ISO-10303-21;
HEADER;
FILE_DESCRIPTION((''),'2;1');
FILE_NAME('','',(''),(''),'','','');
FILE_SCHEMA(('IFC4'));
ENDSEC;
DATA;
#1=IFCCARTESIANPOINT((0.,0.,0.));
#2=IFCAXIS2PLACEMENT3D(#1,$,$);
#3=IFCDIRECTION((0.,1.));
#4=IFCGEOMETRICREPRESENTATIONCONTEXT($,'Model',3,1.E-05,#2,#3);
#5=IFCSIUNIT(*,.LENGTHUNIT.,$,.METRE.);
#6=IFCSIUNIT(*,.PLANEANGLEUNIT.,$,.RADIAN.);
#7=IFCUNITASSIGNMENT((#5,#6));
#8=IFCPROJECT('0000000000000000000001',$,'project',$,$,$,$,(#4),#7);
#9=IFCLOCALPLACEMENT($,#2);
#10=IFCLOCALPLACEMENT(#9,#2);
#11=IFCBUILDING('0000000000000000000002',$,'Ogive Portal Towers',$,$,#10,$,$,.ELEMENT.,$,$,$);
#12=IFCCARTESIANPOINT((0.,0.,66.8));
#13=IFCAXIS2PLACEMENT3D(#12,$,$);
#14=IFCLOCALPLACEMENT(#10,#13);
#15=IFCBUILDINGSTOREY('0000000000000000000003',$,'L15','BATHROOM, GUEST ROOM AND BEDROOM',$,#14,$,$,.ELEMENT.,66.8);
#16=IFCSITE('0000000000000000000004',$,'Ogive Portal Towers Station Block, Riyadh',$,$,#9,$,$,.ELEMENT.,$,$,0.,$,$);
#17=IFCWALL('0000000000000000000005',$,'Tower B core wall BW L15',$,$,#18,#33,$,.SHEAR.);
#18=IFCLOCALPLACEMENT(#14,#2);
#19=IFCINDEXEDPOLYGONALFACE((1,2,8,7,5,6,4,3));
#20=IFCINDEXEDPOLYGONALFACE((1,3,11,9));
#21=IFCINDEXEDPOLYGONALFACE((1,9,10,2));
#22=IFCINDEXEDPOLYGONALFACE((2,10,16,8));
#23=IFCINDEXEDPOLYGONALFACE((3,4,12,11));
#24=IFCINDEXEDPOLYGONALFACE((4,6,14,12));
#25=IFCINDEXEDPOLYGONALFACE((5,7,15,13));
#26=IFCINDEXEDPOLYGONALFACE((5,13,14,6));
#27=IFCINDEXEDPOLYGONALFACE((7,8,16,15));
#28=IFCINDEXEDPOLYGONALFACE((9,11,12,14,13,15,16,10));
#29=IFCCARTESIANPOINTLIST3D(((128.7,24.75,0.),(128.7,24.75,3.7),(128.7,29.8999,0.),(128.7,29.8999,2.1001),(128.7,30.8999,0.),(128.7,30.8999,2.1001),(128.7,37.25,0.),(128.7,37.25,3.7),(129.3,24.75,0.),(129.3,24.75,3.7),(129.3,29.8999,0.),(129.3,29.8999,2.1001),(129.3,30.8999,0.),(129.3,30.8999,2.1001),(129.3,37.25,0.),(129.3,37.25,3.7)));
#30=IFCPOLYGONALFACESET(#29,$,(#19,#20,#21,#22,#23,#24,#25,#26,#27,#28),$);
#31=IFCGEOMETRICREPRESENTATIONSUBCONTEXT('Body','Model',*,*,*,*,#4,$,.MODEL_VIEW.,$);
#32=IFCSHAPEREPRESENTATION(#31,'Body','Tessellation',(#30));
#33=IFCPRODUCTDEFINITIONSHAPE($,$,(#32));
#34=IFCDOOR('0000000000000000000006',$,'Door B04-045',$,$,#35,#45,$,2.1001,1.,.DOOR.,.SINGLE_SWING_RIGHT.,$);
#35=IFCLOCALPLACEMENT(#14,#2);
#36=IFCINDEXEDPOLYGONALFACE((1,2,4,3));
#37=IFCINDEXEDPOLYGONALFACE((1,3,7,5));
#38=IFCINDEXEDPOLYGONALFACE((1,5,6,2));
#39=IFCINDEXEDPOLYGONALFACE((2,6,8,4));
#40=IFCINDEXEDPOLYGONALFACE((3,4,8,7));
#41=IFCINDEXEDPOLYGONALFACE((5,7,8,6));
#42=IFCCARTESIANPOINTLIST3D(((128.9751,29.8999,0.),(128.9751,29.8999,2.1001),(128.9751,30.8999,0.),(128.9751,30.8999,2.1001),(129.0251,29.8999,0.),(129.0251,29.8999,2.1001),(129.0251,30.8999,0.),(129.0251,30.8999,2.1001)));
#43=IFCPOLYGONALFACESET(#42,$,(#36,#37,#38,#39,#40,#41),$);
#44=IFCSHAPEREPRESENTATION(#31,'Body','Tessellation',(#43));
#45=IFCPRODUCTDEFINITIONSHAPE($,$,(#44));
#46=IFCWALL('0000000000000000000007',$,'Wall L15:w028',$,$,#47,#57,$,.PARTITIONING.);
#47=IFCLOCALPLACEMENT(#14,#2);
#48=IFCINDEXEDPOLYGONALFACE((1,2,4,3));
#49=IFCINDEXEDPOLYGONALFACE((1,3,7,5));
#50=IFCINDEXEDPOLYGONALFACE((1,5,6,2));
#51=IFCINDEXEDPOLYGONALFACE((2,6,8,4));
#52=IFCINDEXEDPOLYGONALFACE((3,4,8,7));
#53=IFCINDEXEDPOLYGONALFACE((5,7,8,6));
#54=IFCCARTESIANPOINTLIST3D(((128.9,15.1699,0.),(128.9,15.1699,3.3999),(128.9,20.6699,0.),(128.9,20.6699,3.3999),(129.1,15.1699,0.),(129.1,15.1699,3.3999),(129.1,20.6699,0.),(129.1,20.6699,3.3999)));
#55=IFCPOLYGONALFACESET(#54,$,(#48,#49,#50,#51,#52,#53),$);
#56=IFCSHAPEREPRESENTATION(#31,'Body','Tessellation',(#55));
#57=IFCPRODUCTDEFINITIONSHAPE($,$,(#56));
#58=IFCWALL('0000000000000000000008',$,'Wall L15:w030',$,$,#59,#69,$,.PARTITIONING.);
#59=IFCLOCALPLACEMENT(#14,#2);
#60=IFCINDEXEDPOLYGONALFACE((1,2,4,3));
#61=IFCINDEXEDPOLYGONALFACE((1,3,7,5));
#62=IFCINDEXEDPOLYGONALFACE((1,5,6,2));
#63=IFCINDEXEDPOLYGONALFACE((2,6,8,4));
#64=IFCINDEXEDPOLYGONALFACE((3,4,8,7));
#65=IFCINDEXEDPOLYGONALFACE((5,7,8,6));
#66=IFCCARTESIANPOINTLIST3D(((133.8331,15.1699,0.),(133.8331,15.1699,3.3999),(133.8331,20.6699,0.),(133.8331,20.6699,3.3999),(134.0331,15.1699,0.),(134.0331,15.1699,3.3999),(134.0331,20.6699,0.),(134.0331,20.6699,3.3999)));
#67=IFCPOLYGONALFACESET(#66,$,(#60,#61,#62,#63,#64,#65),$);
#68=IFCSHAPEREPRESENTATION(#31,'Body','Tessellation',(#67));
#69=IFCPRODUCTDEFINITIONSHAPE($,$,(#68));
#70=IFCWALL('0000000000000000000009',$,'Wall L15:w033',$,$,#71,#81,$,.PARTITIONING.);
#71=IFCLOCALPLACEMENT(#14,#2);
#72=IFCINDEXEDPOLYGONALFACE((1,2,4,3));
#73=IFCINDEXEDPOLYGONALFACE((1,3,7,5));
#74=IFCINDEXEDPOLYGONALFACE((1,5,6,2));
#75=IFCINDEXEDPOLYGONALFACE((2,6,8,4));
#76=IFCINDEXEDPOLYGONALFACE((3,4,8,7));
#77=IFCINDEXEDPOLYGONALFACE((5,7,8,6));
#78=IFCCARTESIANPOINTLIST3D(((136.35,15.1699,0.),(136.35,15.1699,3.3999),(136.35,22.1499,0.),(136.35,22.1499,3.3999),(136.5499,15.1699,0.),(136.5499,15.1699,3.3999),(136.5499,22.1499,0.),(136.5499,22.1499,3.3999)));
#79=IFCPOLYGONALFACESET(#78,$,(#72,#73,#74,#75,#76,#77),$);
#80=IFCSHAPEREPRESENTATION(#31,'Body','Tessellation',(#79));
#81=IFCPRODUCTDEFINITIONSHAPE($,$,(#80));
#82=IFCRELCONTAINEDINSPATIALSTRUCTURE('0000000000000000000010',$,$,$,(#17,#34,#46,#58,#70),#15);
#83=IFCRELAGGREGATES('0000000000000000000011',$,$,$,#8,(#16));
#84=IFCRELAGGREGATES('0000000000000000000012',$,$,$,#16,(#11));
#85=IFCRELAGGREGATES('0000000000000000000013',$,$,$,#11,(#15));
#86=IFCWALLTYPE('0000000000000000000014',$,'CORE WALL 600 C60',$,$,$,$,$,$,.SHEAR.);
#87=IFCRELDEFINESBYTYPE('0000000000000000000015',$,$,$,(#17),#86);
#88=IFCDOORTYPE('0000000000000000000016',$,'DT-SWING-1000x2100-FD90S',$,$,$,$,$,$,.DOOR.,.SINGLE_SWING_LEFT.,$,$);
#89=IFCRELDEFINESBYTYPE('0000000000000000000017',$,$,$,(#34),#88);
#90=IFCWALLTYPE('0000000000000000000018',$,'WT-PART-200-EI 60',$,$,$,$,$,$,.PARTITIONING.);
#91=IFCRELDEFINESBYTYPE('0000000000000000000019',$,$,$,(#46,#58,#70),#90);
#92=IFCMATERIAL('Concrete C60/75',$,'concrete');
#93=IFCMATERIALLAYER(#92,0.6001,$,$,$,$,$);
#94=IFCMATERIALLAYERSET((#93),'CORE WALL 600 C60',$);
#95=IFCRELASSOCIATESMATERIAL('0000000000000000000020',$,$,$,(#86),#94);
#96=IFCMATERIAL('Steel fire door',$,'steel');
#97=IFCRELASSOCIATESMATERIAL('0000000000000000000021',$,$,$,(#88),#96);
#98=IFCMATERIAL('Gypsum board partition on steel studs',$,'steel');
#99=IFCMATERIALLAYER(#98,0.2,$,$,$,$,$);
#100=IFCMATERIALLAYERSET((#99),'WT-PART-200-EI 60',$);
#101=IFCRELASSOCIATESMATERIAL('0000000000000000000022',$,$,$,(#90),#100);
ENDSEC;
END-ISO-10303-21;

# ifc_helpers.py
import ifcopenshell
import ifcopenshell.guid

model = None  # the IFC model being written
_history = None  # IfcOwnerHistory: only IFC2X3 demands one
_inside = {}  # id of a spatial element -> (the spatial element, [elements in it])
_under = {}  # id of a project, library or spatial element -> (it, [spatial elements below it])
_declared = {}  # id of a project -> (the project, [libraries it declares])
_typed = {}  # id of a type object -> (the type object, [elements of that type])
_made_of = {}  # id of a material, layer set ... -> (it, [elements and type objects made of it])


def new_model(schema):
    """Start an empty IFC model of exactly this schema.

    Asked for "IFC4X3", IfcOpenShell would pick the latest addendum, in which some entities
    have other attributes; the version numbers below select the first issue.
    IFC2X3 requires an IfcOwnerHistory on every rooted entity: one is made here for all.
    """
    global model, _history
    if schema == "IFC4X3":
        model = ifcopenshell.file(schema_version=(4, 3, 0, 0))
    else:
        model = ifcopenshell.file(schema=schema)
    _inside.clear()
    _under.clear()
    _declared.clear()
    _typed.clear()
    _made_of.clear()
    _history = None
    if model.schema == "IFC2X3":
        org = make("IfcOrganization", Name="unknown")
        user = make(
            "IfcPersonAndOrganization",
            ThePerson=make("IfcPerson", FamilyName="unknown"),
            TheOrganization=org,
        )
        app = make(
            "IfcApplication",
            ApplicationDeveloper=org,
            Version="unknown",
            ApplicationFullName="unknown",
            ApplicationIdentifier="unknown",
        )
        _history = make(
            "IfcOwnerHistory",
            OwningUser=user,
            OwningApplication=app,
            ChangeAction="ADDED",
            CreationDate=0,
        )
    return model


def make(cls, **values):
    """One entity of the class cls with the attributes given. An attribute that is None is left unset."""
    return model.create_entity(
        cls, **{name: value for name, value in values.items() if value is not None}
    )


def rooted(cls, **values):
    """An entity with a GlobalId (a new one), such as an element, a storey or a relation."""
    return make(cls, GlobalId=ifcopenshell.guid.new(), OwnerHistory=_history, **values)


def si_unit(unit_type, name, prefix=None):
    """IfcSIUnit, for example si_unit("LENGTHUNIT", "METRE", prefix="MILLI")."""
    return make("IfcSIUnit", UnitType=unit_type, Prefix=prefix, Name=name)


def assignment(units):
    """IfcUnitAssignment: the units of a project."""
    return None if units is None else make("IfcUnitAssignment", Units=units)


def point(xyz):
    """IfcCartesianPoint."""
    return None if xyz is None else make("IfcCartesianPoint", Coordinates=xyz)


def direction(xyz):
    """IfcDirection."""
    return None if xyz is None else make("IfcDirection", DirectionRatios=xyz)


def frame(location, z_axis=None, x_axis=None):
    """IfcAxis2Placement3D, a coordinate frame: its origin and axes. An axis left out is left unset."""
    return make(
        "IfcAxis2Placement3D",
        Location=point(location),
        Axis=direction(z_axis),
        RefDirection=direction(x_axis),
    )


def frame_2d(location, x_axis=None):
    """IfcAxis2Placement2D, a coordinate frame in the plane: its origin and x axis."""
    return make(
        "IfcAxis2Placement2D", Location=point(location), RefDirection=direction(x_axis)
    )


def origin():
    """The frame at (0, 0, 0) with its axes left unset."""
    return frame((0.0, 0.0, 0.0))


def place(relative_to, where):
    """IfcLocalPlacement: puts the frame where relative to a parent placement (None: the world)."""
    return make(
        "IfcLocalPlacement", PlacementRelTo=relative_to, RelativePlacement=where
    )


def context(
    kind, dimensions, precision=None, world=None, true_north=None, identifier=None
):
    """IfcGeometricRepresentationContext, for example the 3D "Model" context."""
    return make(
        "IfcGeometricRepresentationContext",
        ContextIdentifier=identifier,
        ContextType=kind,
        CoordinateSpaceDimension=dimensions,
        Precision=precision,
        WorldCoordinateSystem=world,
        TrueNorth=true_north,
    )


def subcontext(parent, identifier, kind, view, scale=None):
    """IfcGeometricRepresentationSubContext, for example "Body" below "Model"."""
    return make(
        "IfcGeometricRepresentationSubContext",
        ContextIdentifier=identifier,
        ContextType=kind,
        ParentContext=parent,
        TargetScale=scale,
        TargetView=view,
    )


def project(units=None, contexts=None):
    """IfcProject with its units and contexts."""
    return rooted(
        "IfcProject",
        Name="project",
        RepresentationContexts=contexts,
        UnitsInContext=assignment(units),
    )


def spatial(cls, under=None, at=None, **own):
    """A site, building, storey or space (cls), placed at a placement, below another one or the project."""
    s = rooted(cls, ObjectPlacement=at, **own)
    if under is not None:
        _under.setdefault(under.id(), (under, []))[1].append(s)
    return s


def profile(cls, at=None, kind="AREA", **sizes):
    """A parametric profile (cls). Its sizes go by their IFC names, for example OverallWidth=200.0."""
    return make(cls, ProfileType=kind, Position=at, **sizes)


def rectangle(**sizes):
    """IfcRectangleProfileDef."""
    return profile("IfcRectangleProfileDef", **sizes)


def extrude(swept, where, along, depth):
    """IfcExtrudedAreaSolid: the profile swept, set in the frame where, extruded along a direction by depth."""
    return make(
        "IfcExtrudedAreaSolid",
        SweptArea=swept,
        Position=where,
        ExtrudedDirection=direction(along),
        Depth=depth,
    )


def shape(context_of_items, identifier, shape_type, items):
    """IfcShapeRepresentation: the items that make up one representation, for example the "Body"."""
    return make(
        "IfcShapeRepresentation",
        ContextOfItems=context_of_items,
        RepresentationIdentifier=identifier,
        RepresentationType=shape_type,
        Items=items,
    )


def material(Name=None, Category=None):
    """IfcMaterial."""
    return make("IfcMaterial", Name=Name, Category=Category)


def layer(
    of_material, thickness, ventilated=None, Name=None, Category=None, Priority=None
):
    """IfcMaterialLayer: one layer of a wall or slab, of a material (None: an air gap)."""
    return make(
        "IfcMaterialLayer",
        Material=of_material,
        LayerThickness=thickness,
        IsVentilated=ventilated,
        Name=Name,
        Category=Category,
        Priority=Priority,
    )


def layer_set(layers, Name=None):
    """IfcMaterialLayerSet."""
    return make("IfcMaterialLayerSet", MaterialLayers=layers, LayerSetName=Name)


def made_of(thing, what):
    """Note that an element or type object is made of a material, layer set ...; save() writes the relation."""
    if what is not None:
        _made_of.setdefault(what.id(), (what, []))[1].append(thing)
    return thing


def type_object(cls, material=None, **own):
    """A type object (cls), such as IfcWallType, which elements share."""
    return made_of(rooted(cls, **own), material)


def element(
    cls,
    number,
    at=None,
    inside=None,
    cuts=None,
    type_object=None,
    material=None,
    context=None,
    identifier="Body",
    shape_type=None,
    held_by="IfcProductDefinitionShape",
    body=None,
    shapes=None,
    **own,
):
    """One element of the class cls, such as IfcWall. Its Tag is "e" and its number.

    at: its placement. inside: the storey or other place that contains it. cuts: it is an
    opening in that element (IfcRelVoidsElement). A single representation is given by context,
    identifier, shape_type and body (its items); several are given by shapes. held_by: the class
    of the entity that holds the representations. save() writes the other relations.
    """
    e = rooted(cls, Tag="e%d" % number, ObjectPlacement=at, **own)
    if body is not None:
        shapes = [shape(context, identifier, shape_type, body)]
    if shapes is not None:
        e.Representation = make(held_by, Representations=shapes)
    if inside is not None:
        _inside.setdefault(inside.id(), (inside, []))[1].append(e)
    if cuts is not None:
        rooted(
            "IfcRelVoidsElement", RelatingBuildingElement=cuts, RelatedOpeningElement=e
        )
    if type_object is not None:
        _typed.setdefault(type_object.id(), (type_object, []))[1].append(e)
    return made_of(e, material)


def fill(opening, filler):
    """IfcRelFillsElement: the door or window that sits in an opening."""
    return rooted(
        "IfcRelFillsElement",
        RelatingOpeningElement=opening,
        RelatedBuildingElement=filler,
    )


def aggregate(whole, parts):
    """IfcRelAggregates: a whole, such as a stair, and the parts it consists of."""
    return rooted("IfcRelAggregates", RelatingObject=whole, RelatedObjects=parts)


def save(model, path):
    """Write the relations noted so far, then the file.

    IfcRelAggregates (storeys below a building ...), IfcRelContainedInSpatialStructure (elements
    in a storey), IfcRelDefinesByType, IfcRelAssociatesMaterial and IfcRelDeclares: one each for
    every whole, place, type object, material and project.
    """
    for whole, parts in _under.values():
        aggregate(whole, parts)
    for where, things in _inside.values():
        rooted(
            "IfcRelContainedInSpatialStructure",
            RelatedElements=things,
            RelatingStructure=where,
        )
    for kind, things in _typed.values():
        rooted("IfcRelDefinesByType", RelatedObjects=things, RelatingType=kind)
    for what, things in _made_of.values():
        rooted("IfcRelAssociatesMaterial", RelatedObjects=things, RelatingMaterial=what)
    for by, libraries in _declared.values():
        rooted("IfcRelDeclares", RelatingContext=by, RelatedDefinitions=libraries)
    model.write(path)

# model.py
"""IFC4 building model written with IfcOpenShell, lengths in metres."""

from ifc_helpers import new_model, si_unit, direction, frame, frame_2d, origin, place, context, subcontext, project, spatial, rectangle, extrude, material, layer, layer_set, type_object, element, fill, save


model = new_model("IFC4")

# Units and contexts
model_context = context("Model", 3, precision=1e-05, world=origin(), true_north=direction((0.0, 1.0)))
body_context = subcontext(model_context, "Body", "Model", "MODEL_VIEW")
ifc_project = project(units=[si_unit("LENGTHUNIT", "METRE"), si_unit("PLANEANGLEUNIT", "RADIAN")], contexts=[model_context])

# Site, building, storey
site_placement = place(None, origin())
site = spatial("IfcSite", under=ifc_project, at=site_placement, Name="Ogive Portal Towers Station Block, Riyadh", CompositionType="ELEMENT", RefElevation=0.0)
building_placement = place(site_placement, origin())
building = spatial("IfcBuilding", under=site, at=building_placement, Name="Ogive Portal Towers", CompositionType="ELEMENT")
storey_placement = place(building_placement, frame((0.0, 0.0, 66.8)))
storey = spatial("IfcBuildingStorey", under=building, at=storey_placement, Name="L15", Description="BATHROOM, GUEST ROOM AND BEDROOM", CompositionType="ELEMENT", Elevation=66.8)

# Shared definitions
ifc_material_1 = material(Name="Concrete C60/75", Category="concrete")
ifc_material_2 = material(Name="Steel fire door", Category="steel")

# Wall, opening, door
ifc_layer_1 = layer(ifc_material_1, 0.6001)
ifc_layer_set_1 = layer_set([ifc_layer_1], Name="CORE WALL 600 C60")
wall_type_1 = type_object("IfcWallType", Name="CORE WALL 600 C60", PredefinedType="SHEAR", material=ifc_layer_set_1)
wall_1_placement = place(storey_placement, frame((129.0, 24.75, 0.0), z_axis=(0.0, 0.0, 1.0), x_axis=(0.0, 1.0, 0.0)))
wall_1 = element("IfcWall", 1, at=wall_1_placement, inside=storey, type_object=wall_type_1, Name="Tower B core wall BW L15", PredefinedType="SHEAR", context=body_context, shape_type="SweptSolid", body=[
    extrude(rectangle(XDim=12.5, YDim=0.6001, at=frame_2d((6.25, 0.0))), origin(), (0.0, 0.0, 1.0), 3.7),
])
opening_1_placement = place(wall_1_placement, frame((5.1499, 0.0, 0.0)))
opening_1 = element("IfcOpeningElement", 2, at=opening_1_placement, cuts=wall_1, PredefinedType="OPENING", context=body_context, shape_type="SweptSolid", body=[
    extrude(rectangle(XDim=1.0, YDim=2.1001, at=frame_2d((0.5, 1.05))), frame((0.0, 0.3101, 0.0), z_axis=(0.0, -1.0, 0.0), x_axis=(1.0, 0.0, 0.0)), (0.0, 0.0, 1.0), 0.6201),
])
door_type_1 = type_object("IfcDoorType", Name="DT-SWING-1000x2100-FD90S", OperationType="SINGLE_SWING_LEFT", PredefinedType="DOOR", material=ifc_material_2)
door_1_placement = place(opening_1_placement, origin())
door_1 = element("IfcDoor", 3, at=door_1_placement, inside=storey, type_object=door_type_1, Name="Door B04-045", OperationType="SINGLE_SWING_RIGHT", OverallHeight=2.1001, OverallWidth=1.0, PredefinedType="DOOR", context=body_context, shape_type="SweptSolid", body=[
    extrude(rectangle(XDim=1.0, YDim=2.1001, at=frame_2d((0.5, 1.05))), frame((0.0, 0.0249, 0.0), z_axis=(0.0, -1.0, 0.0), x_axis=(1.0, 0.0, 0.0)), (0.0, 0.0, 1.0), 0.05),
])
fill(opening_1, door_1)

# Walls
ifc_material_3 = material(Name="Gypsum board partition on steel studs", Category="steel")
ifc_layer_2 = layer(ifc_material_3, 0.2)
ifc_layer_set_2 = layer_set([ifc_layer_2], Name="WT-PART-200-EI 60")
wall_type_2 = type_object("IfcWallType", Name="WT-PART-200-EI 60", PredefinedType="PARTITIONING", material=ifc_layer_set_2)
for number, where, z_axis, x_axis, name in (
    (4, (129.0, 15.1699, 0.0), (0.0, 0.0, 1.0), (0.0, 1.0, 0.0), "Wall L15:w028"),
    (5, (133.9331, 15.1699, 0.0), (0.0, 0.0, 1.0), (0.0, 1.0, 0.0), "Wall L15:w030"),
):
    element("IfcWall", number, at=place(storey_placement, frame(where, z_axis=z_axis, x_axis=x_axis)), inside=storey, type_object=wall_type_2, Name=name, PredefinedType="PARTITIONING", context=body_context, shape_type="SweptSolid", body=[
        extrude(rectangle(XDim=5.5, YDim=0.2, at=frame_2d((2.75, 0.0))), origin(), (0.0, 0.0, 1.0), 3.3999),
    ])
wall_2_placement = place(storey_placement, frame((136.45, 15.1699, 0.0), z_axis=(0.0, 0.0, 1.0), x_axis=(0.0, 1.0, 0.0)))
element("IfcWall", 6, at=wall_2_placement, inside=storey, type_object=wall_type_2, Name="Wall L15:w033", PredefinedType="PARTITIONING", context=body_context, shape_type="SweptSolid", body=[
    extrude(rectangle(XDim=6.98, YDim=0.2, at=frame_2d((3.49, 0.0))), origin(), (0.0, 0.0, 1.0), 3.3999),
])

save(model, "model.ifc")
